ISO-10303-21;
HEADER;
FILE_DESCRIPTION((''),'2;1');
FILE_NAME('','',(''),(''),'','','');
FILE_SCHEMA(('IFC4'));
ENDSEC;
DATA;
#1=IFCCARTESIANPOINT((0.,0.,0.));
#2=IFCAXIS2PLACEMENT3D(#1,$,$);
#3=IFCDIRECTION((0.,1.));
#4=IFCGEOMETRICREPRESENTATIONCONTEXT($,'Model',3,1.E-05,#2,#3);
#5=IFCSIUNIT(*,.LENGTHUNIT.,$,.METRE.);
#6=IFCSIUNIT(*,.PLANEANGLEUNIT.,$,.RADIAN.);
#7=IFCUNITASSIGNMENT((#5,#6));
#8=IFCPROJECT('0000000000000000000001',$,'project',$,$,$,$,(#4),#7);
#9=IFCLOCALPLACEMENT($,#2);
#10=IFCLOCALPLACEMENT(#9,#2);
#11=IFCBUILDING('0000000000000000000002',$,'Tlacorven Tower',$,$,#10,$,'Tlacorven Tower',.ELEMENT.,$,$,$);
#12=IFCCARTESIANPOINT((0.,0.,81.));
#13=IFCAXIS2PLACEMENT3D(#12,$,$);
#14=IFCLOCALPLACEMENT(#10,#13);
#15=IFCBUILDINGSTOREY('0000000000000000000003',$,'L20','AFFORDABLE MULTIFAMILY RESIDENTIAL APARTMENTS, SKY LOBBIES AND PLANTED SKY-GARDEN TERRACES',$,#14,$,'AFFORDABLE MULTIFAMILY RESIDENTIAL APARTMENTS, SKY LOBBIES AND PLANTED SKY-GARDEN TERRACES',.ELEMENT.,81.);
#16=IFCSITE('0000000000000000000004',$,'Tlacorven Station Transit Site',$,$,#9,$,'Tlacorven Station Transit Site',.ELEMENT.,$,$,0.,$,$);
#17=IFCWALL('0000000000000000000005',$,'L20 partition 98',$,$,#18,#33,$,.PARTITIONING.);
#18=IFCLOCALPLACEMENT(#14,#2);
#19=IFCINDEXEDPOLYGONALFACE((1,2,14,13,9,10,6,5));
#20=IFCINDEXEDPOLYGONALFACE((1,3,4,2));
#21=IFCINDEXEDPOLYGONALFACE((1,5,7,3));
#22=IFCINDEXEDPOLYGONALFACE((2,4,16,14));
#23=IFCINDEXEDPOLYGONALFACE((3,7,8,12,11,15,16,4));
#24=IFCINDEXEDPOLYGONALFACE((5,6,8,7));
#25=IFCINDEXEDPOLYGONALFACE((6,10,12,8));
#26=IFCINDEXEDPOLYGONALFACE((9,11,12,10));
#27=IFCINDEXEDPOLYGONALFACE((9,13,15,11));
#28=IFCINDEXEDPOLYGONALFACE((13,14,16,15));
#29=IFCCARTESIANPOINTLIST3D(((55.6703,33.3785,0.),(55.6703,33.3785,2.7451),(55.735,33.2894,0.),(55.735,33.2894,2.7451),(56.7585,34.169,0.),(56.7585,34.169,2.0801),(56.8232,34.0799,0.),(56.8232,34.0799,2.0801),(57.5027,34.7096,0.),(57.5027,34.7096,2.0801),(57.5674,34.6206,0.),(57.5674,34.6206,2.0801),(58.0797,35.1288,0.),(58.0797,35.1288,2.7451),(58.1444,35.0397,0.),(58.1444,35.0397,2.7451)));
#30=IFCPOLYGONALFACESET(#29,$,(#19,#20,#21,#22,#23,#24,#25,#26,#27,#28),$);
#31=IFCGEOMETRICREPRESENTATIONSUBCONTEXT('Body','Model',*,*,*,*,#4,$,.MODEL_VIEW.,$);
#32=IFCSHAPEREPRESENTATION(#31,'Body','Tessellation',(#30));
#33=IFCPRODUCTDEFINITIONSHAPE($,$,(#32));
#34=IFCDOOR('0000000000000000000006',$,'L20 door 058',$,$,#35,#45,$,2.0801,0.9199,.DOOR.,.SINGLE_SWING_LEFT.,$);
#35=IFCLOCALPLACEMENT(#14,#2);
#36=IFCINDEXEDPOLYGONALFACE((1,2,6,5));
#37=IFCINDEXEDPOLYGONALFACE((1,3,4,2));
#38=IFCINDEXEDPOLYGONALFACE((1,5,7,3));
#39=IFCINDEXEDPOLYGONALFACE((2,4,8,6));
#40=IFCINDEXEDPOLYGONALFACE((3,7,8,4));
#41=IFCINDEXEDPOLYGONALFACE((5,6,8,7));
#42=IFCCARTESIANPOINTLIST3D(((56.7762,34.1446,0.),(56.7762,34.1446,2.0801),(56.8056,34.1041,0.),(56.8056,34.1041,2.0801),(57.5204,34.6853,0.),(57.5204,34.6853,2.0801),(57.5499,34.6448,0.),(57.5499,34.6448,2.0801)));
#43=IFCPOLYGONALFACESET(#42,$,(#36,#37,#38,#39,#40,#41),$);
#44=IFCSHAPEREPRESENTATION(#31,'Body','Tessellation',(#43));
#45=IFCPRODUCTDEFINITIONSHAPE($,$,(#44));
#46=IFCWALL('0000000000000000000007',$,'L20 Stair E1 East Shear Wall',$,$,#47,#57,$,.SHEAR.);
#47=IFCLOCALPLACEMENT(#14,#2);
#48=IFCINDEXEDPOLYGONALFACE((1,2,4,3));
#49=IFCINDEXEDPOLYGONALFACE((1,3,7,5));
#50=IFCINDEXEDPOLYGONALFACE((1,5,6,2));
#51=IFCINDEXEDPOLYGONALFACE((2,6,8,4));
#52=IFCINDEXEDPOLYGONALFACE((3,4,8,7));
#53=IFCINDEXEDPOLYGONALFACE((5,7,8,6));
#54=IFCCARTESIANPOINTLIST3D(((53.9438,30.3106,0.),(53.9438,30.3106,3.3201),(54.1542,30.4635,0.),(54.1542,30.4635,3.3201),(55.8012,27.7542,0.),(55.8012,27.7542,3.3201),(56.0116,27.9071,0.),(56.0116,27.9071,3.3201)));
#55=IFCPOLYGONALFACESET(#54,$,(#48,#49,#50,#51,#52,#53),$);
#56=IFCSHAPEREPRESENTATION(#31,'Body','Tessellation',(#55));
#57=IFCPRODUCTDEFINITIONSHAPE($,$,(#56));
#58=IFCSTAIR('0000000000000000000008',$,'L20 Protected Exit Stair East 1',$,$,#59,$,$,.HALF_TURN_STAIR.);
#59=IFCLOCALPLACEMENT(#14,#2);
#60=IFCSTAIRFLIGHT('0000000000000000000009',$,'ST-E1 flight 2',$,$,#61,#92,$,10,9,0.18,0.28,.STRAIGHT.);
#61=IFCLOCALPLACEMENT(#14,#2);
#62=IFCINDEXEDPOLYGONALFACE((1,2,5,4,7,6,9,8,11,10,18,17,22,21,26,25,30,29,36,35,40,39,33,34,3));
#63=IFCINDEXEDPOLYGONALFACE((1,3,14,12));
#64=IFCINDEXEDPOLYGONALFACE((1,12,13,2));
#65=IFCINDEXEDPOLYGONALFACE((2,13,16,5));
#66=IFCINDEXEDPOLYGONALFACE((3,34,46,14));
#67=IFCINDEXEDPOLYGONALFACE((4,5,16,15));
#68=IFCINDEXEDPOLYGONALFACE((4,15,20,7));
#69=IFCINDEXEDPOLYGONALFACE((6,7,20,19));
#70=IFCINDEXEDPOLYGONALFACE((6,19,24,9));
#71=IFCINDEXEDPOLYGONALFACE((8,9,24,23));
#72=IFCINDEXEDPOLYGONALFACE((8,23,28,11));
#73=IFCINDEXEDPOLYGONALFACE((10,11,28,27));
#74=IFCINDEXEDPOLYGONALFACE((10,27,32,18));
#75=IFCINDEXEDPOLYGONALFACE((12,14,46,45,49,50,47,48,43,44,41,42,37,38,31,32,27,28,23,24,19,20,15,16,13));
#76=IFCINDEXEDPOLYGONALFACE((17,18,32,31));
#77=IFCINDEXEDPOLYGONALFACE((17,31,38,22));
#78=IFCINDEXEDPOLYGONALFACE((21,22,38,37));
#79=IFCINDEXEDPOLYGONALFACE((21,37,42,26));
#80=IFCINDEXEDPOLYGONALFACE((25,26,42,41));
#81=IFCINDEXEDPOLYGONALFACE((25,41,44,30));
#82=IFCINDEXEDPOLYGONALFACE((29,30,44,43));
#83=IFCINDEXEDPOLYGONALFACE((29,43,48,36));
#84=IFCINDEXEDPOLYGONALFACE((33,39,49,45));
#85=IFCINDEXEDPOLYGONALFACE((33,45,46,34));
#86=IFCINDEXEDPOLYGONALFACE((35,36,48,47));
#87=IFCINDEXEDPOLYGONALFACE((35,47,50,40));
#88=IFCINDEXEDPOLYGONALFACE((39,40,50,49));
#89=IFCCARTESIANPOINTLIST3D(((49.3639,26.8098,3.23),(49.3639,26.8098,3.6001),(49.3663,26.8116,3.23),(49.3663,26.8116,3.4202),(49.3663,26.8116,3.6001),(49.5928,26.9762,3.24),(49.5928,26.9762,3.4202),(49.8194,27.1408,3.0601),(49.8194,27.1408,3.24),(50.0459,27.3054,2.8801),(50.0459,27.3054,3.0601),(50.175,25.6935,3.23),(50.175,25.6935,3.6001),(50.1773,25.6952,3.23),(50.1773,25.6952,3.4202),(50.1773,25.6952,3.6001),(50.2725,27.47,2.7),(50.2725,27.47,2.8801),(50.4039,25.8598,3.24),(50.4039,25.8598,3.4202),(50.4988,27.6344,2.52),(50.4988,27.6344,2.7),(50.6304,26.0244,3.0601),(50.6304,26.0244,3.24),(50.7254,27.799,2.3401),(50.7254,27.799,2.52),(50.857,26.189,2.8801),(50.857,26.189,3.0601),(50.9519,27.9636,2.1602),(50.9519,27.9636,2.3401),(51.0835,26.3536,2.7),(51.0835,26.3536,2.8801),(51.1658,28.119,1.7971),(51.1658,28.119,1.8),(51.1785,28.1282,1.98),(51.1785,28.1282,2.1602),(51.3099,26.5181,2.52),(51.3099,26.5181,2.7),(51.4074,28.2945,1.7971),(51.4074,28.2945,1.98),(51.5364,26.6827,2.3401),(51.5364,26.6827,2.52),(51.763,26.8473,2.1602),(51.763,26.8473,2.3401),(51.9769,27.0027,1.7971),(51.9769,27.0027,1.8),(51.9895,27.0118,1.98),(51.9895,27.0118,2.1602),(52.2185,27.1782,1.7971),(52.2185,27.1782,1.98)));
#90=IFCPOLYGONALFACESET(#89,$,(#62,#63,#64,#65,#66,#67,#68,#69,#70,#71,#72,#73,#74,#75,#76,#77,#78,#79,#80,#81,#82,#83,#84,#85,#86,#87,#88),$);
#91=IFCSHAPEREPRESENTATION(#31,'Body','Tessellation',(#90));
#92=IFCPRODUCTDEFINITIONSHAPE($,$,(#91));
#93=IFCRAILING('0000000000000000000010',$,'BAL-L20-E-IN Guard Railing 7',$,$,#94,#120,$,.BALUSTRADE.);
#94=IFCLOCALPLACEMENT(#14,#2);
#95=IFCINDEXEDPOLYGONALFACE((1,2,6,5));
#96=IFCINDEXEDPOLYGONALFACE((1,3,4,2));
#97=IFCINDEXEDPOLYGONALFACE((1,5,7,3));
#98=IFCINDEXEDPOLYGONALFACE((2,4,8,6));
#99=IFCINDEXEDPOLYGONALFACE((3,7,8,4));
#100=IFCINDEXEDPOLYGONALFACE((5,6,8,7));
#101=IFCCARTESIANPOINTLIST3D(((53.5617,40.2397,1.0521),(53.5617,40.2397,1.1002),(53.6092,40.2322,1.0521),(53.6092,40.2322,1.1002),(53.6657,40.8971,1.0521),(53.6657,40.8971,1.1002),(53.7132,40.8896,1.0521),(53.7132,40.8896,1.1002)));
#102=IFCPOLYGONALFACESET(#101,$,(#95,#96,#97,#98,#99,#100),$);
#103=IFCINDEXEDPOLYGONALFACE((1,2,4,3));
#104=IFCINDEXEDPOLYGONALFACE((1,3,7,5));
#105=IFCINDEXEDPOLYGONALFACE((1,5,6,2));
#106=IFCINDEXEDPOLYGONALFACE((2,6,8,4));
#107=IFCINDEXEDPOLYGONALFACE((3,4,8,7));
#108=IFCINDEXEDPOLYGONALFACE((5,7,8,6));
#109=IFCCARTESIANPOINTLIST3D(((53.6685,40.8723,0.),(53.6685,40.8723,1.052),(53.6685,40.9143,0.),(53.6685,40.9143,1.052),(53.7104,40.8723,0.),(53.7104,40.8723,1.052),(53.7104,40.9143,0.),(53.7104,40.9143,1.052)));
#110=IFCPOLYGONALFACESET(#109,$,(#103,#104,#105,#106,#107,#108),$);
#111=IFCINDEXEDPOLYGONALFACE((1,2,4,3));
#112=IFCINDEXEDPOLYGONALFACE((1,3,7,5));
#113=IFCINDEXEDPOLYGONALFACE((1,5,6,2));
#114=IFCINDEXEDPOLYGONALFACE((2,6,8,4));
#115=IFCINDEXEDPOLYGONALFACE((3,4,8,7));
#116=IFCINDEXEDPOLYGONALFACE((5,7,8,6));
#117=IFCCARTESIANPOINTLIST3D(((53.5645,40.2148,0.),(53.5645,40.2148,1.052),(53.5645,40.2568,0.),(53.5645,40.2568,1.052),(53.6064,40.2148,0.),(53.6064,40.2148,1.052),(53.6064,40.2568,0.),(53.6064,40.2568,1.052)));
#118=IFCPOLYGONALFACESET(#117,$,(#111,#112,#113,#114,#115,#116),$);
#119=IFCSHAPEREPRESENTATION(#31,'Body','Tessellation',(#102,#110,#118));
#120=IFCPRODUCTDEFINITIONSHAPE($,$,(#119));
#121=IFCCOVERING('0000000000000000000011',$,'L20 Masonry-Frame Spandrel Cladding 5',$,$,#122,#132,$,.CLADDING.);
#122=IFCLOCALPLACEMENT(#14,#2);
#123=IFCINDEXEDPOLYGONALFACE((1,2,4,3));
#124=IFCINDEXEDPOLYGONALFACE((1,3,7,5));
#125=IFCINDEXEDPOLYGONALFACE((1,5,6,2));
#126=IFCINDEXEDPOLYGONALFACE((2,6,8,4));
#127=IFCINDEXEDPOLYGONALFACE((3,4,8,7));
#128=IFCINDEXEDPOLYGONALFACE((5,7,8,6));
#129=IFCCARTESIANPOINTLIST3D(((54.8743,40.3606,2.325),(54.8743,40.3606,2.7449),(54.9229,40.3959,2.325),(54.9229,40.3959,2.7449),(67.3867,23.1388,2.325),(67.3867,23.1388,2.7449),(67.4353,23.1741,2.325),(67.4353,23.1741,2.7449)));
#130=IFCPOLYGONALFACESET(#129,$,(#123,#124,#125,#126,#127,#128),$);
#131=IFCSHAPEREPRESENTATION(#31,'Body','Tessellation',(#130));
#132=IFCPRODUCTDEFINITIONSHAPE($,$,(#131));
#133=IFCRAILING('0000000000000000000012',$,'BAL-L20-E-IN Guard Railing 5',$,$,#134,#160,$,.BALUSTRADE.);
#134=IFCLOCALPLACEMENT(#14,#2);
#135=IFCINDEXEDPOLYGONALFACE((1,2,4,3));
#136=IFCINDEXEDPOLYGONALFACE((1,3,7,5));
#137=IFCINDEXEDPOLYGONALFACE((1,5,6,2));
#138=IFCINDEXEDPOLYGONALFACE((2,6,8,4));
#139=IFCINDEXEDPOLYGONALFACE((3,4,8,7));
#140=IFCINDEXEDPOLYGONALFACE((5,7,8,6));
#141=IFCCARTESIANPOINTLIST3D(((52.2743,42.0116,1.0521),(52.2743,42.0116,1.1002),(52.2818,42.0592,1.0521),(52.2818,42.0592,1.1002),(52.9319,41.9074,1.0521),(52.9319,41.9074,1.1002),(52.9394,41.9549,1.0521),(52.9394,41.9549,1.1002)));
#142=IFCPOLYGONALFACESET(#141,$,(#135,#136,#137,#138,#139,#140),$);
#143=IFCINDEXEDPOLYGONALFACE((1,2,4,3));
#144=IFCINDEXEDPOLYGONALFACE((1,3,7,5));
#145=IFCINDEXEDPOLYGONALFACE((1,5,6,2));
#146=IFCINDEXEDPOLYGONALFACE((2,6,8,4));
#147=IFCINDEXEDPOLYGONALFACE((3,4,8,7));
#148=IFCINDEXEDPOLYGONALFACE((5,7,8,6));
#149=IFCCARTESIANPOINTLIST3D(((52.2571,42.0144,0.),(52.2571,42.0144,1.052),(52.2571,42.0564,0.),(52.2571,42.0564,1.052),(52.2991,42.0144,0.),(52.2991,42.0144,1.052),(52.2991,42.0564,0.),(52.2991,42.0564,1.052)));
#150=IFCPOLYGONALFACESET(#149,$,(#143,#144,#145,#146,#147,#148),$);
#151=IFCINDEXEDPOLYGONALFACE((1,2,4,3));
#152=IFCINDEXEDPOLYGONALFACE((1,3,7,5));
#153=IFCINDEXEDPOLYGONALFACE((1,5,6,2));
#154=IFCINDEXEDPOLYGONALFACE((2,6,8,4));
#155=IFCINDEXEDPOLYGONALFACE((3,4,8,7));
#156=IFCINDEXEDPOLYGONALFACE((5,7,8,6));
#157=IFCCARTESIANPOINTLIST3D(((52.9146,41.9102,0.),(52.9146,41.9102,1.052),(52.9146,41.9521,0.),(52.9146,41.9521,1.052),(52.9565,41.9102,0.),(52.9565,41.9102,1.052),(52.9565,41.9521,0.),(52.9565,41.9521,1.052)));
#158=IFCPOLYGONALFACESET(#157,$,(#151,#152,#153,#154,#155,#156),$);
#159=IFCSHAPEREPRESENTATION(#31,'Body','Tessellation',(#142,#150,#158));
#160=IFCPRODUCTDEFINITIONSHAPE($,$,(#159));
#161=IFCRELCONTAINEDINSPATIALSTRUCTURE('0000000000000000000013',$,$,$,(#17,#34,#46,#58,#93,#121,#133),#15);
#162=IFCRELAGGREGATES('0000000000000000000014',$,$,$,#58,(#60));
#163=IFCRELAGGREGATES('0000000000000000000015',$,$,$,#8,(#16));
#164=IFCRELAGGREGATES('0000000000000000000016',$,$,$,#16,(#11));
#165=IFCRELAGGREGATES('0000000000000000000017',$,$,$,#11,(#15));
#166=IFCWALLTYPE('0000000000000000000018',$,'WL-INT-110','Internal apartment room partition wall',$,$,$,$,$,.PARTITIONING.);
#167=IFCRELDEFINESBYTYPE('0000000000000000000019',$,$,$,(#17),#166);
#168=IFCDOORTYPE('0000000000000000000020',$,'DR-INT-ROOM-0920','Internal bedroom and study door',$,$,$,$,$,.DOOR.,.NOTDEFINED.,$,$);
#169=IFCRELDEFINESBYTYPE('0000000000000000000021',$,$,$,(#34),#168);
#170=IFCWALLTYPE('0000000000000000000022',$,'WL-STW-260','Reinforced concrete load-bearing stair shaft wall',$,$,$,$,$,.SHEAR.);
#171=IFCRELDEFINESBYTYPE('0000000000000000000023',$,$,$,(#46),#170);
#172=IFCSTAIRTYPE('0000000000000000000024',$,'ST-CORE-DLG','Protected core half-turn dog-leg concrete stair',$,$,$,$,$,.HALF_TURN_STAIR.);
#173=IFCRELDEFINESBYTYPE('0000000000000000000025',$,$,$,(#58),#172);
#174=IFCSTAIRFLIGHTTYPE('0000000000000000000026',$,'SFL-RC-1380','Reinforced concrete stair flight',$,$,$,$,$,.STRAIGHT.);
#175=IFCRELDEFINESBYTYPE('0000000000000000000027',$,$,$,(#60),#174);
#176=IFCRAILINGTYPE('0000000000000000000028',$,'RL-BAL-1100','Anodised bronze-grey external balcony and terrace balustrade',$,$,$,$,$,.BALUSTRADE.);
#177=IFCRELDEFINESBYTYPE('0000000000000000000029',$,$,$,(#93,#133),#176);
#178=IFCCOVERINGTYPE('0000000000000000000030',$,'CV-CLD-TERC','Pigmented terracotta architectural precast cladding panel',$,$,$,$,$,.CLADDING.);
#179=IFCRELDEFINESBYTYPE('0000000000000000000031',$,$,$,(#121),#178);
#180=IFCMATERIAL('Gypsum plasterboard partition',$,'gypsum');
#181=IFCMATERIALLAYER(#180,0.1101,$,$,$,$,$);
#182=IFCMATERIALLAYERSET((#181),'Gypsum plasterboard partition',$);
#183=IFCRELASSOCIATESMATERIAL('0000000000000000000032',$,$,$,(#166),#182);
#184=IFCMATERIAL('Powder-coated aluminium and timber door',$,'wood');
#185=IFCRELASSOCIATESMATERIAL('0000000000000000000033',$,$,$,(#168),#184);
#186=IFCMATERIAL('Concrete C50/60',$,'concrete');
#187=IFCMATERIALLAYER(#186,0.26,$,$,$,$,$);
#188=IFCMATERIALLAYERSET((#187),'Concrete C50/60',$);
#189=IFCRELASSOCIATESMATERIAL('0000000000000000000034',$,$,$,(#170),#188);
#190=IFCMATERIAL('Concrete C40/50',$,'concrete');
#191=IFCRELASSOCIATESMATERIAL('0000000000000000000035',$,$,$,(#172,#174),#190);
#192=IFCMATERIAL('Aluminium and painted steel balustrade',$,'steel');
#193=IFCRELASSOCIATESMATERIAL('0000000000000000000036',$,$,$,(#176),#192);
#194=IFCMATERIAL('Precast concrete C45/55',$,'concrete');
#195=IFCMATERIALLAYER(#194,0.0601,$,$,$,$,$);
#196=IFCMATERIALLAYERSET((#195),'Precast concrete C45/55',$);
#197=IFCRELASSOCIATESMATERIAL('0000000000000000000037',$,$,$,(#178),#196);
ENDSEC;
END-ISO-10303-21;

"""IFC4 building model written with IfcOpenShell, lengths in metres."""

from ifc_helpers import new_model, si_unit, direction, frame, frame_2d, origin, origin_2d, place, context, subcontext, project, spatial, polyline, rectangle, outline, extrude, source, transform, mapped, material, layer, layer_set, type_object, element, fill, aggregate, save


model = new_model("IFC4")

# Units and contexts
model_context = context("Model", 3, precision=1e-05, world=origin(), true_north=direction((0.0, 1.0)))
body_context = subcontext(model_context, "Body", "Model", "MODEL_VIEW")
ifc_project = project(units=[si_unit("LENGTHUNIT", "METRE"), si_unit("PLANEANGLEUNIT", "RADIAN")], contexts=[model_context])

# Site, building, storey
site_placement = place(None, origin())
site = spatial("IfcSite", under=ifc_project, at=site_placement, Name="Tlacorven Station Transit Site", LongName="Tlacorven Station Transit Site", CompositionType="ELEMENT", RefElevation=0.0)
building_placement = place(site_placement, origin())
building = spatial("IfcBuilding", under=site, at=building_placement, Name="Tlacorven Tower", LongName="Tlacorven Tower", CompositionType="ELEMENT")
storey_placement = place(building_placement, frame((0.0, 0.0, 81.0)))
storey = spatial("IfcBuildingStorey", under=building, at=storey_placement, Name="L20", Description="AFFORDABLE MULTIFAMILY RESIDENTIAL APARTMENTS, SKY LOBBIES AND PLANTED SKY-GARDEN TERRACES", LongName="AFFORDABLE MULTIFAMILY RESIDENTIAL APARTMENTS, SKY LOBBIES AND PLANTED SKY-GARDEN TERRACES", CompositionType="ELEMENT", Elevation=81.0)

# Shared definitions
ifc_material_1 = material(Name="Precast concrete C45/55", Category="concrete")

# Wall, opening, door
ifc_material_2 = material(Name="Gypsum plasterboard partition", Category="gypsum")
ifc_layer_1 = layer(ifc_material_2, 0.1101)
ifc_layer_set_1 = layer_set([ifc_layer_1], Name="Gypsum plasterboard partition")
wall_type_1 = type_object("IfcWallType", Name="WL-INT-110", Description="Internal apartment room partition wall", PredefinedType="PARTITIONING", material=ifc_layer_set_1)
wall_1_placement = place(storey_placement, frame((55.7026, 33.334, 0.0), z_axis=(0.0, 0.0, 1.0), x_axis=(0.809066, 0.587718, 0.0)))
wall_1 = element("IfcWall", 1, at=wall_1_placement, inside=storey, type_object=wall_type_1, Name="L20 partition 98", PredefinedType="PARTITIONING", context=body_context, shape_type="SweptSolid", body=[
    extrude(rectangle(XDim=2.978, YDim=0.1101, at=frame_2d((1.489, 0.0))), origin(), (0.0, 0.0, 1.0), 2.7451),
])
opening_1_placement = place(wall_1_placement, frame((1.345, 0.0, 0.0)))
opening_1 = element("IfcOpeningElement", 2, at=opening_1_placement, cuts=wall_1, PredefinedType="OPENING", context=body_context, shape_type="SweptSolid", body=[
    extrude(rectangle(XDim=0.9199, YDim=2.0801, at=frame_2d((0.46, 1.04))), frame((0.0, 0.0649, 0.0), z_axis=(0.0, -1.0, 0.0), x_axis=(1.0, 0.0, 0.0)), (0.0, 0.0, 1.0), 0.1301),
])
ifc_material_3 = material(Name="Powder-coated aluminium and timber door", Category="wood")
door_type = type_object("IfcDoorType", Name="DR-INT-ROOM-0920", Description="Internal bedroom and study door", OperationType="NOTDEFINED", PredefinedType="DOOR", material=ifc_material_3)
shared_shape_1 = source(origin(), body_context, "Body", "SweptSolid", [
    extrude(rectangle(XDim=0.9199, YDim=2.0801, at=frame_2d((0.46, 1.04))), frame((0.0, 0.0249, 0.0), z_axis=(0.0, -1.0, 0.0), x_axis=(1.0, 0.0, 0.0)), (0.0, 0.0, 1.0), 0.05),
])
door_placement = place(opening_1_placement, origin())
door = element("IfcDoor", 3, at=door_placement, inside=storey, type_object=door_type, Name="L20 door 058", OperationType="SINGLE_SWING_LEFT", OverallHeight=2.0801, OverallWidth=0.9199, PredefinedType="DOOR", context=body_context, shape_type="MappedRepresentation", body=[
    mapped(shared_shape_1, transform((0.0, 0.0, 0.0), scale=1.0)),
])
fill(opening_1, door)

# Wall
ifc_material_4 = material(Name="Concrete C50/60", Category="concrete")
ifc_layer_2 = layer(ifc_material_4, 0.26)
ifc_layer_set_2 = layer_set([ifc_layer_2], Name="Concrete C50/60")
wall_type_2 = type_object("IfcWallType", Name="WL-STW-260", Description="Reinforced concrete load-bearing stair shaft wall", PredefinedType="SHEAR", material=ifc_layer_set_2)
wall_2_placement = place(storey_placement, frame((55.9065, 27.8306, 0.0), z_axis=(0.0, 0.0, 1.0), x_axis=(-0.587804, 0.809003, 0.0)))
element("IfcWall", 4, at=wall_2_placement, inside=storey, type_object=wall_type_2, Name="L20 Stair E1 East Shear Wall", PredefinedType="SHEAR", context=body_context, shape_type="SweptSolid", body=[
    extrude(rectangle(XDim=3.1599, YDim=0.26, at=frame_2d((1.5801, 0.0))), origin(), (0.0, 0.0, 1.0), 3.3201),
])

# Stair, stair flight
ifc_material_5 = material(Name="Concrete C40/50", Category="concrete")
stair_type = type_object("IfcStairType", Name="ST-CORE-DLG", Description="Protected core half-turn dog-leg concrete stair", PredefinedType="HALF_TURN_STAIR", material=ifc_material_5)
stair_placement = place(storey_placement, origin())
stair = element("IfcStair", 5, at=stair_placement, inside=storey, type_object=stair_type, Name="L20 Protected Exit Stair East 1", PredefinedType="HALF_TURN_STAIR")
stair_flight_type = type_object("IfcStairFlightType", Name="SFL-RC-1380", Description="Reinforced concrete stair flight", PredefinedType="STRAIGHT", material=ifc_material_5)
shared_shape_2 = source(origin(), body_context, "Body", "SweptSolid", [
    extrude(outline(polyline([(-0.0029, -0.0029), (-0.0029, 0.1799), (0.28, 0.1799), (0.28, 0.3601), (0.5601, 0.3601), (0.5601, 0.54), (0.8401, 0.54), (0.8401, 0.72), (1.1201, 0.72), (1.1201, 0.8999), (1.3999, 0.8999), (1.3999, 1.0801), (1.6799, 1.0801), (1.6799, 1.26), (1.96, 1.26), (1.96, 1.4399), (2.24, 1.4399), (2.24, 1.6201), (2.52, 1.6201), (2.52, 1.8), (2.5229, 1.8), (2.5229, 1.4299), (2.52, 1.4299), (0.2957, 0.0), (0.2957, -0.0029), (-0.0029, -0.0029)])), frame((0.0, 0.6899, 0.0), z_axis=(0.0, -1.0, 0.0), x_axis=(1.0, 0.0, 0.0)), (0.0, 0.0, 1.0), 1.3799),
])
stair_flight_placement = place(storey_placement, frame((51.8105, 27.7346, 1.8), z_axis=(0.0, 0.0, 1.0), x_axis=(-0.809017, -0.587785, 0.0)))
stair_flight = element("IfcStairFlight", 6, at=stair_flight_placement, type_object=stair_flight_type, Name="ST-E1 flight 2", NumberOfRisers=10, NumberOfTreads=9, PredefinedType="STRAIGHT", RiserHeight=0.18, TreadLength=0.28, context=body_context, shape_type="MappedRepresentation", body=[
    mapped(shared_shape_2, transform((0.0, 0.0, 0.0), scale=1.0)),
])
aggregate(stair, [stair_flight])

# Railing
ifc_material_6 = material(Name="Aluminium and painted steel balustrade", Category="steel")
railing_type_1 = type_object("IfcRailingType", Name="RL-BAL-1100", Description="Anodised bronze-grey external balcony and terrace balustrade", PredefinedType="BALUSTRADE", material=ifc_material_6)
shared_shape_3 = source(origin(), body_context, "Body", "SweptSolid", [
    extrude(rectangle(XDim=0.0481, YDim=0.0481, at=origin_2d()), frame((0.0, 0.0, 1.0762), z_axis=(-0.156245, -0.987718, 0.0), x_axis=(0.987718, -0.156245, 0.0)), (0.0, 0.0, 1.0), 0.6655),
    extrude(rectangle(XDim=0.042, YDim=0.042, at=origin_2d()), origin(), (0.0, 0.0, 1.0), 1.052),
    extrude(rectangle(XDim=0.042, YDim=0.042, at=origin_2d()), frame((-0.104, -0.6575, 0.0)), (0.0, 0.0, 1.0), 1.052),
])
railing_1_placement = place(storey_placement, frame((53.6895, 40.8933, 0.0)))
element("IfcRailing", 7, at=railing_1_placement, inside=storey, type_object=railing_type_1, Name="BAL-L20-E-IN Guard Railing 7", PredefinedType="BALUSTRADE", context=body_context, shape_type="MappedRepresentation", body=[
    mapped(shared_shape_3, transform((0.0, 0.0, 0.0), scale=1.0)),
])

# Covering
ifc_layer_3 = layer(ifc_material_1, 0.0601)
ifc_layer_set_3 = layer_set([ifc_layer_3], Name="Precast concrete C45/55")
covering_type = type_object("IfcCoveringType", Name="CV-CLD-TERC", Description="Pigmented terracotta architectural precast cladding panel", PredefinedType="CLADDING", material=ifc_layer_set_3)
shared_shape_4 = source(origin(), body_context, "Body", "SweptSolid", [
    extrude(rectangle(XDim=21.2874, YDim=0.0601, at=origin_2d()), origin(), (0.0, 0.0, 1.0), 0.4199),
])
covering_placement = place(storey_placement, frame((61.1548, 31.7673, 2.325), z_axis=(0.0, 0.0, 1.0), x_axis=(0.587785, -0.809017, 0.0)))
element("IfcCovering", 8, at=covering_placement, inside=storey, type_object=covering_type, Name="L20 Masonry-Frame Spandrel Cladding 5", PredefinedType="CLADDING", context=body_context, shape_type="MappedRepresentation", body=[
    mapped(shared_shape_4, transform((0.0, 0.0, 0.0), scale=1.0)),
])

# Railing
shared_shape_5 = source(origin(), body_context, "Body", "SweptSolid", [
    extrude(rectangle(XDim=0.0481, YDim=0.0481, at=origin_2d()), frame((0.0, 0.0, 1.0762), z_axis=(0.987662, -0.156603, 0.0), x_axis=(0.156603, 0.987662, 0.0)), (0.0, 0.0, 1.0), 0.6658),
    extrude(rectangle(XDim=0.042, YDim=0.042, at=origin_2d()), origin(), (0.0, 0.0, 1.0), 1.052),
    extrude(rectangle(XDim=0.042, YDim=0.042, at=origin_2d()), frame((0.6575, -0.1042, 0.0)), (0.0, 0.0, 1.0), 1.052),
])
railing_2_placement = place(storey_placement, frame((52.2781, 42.0354, 0.0)))
element("IfcRailing", 9, at=railing_2_placement, inside=storey, type_object=railing_type_1, Name="BAL-L20-E-IN Guard Railing 5", PredefinedType="BALUSTRADE", context=body_context, shape_type="MappedRepresentation", body=[
    mapped(shared_shape_5, transform((0.0, 0.0, 0.0), scale=1.0)),
])

save(model, "model.ifc")
